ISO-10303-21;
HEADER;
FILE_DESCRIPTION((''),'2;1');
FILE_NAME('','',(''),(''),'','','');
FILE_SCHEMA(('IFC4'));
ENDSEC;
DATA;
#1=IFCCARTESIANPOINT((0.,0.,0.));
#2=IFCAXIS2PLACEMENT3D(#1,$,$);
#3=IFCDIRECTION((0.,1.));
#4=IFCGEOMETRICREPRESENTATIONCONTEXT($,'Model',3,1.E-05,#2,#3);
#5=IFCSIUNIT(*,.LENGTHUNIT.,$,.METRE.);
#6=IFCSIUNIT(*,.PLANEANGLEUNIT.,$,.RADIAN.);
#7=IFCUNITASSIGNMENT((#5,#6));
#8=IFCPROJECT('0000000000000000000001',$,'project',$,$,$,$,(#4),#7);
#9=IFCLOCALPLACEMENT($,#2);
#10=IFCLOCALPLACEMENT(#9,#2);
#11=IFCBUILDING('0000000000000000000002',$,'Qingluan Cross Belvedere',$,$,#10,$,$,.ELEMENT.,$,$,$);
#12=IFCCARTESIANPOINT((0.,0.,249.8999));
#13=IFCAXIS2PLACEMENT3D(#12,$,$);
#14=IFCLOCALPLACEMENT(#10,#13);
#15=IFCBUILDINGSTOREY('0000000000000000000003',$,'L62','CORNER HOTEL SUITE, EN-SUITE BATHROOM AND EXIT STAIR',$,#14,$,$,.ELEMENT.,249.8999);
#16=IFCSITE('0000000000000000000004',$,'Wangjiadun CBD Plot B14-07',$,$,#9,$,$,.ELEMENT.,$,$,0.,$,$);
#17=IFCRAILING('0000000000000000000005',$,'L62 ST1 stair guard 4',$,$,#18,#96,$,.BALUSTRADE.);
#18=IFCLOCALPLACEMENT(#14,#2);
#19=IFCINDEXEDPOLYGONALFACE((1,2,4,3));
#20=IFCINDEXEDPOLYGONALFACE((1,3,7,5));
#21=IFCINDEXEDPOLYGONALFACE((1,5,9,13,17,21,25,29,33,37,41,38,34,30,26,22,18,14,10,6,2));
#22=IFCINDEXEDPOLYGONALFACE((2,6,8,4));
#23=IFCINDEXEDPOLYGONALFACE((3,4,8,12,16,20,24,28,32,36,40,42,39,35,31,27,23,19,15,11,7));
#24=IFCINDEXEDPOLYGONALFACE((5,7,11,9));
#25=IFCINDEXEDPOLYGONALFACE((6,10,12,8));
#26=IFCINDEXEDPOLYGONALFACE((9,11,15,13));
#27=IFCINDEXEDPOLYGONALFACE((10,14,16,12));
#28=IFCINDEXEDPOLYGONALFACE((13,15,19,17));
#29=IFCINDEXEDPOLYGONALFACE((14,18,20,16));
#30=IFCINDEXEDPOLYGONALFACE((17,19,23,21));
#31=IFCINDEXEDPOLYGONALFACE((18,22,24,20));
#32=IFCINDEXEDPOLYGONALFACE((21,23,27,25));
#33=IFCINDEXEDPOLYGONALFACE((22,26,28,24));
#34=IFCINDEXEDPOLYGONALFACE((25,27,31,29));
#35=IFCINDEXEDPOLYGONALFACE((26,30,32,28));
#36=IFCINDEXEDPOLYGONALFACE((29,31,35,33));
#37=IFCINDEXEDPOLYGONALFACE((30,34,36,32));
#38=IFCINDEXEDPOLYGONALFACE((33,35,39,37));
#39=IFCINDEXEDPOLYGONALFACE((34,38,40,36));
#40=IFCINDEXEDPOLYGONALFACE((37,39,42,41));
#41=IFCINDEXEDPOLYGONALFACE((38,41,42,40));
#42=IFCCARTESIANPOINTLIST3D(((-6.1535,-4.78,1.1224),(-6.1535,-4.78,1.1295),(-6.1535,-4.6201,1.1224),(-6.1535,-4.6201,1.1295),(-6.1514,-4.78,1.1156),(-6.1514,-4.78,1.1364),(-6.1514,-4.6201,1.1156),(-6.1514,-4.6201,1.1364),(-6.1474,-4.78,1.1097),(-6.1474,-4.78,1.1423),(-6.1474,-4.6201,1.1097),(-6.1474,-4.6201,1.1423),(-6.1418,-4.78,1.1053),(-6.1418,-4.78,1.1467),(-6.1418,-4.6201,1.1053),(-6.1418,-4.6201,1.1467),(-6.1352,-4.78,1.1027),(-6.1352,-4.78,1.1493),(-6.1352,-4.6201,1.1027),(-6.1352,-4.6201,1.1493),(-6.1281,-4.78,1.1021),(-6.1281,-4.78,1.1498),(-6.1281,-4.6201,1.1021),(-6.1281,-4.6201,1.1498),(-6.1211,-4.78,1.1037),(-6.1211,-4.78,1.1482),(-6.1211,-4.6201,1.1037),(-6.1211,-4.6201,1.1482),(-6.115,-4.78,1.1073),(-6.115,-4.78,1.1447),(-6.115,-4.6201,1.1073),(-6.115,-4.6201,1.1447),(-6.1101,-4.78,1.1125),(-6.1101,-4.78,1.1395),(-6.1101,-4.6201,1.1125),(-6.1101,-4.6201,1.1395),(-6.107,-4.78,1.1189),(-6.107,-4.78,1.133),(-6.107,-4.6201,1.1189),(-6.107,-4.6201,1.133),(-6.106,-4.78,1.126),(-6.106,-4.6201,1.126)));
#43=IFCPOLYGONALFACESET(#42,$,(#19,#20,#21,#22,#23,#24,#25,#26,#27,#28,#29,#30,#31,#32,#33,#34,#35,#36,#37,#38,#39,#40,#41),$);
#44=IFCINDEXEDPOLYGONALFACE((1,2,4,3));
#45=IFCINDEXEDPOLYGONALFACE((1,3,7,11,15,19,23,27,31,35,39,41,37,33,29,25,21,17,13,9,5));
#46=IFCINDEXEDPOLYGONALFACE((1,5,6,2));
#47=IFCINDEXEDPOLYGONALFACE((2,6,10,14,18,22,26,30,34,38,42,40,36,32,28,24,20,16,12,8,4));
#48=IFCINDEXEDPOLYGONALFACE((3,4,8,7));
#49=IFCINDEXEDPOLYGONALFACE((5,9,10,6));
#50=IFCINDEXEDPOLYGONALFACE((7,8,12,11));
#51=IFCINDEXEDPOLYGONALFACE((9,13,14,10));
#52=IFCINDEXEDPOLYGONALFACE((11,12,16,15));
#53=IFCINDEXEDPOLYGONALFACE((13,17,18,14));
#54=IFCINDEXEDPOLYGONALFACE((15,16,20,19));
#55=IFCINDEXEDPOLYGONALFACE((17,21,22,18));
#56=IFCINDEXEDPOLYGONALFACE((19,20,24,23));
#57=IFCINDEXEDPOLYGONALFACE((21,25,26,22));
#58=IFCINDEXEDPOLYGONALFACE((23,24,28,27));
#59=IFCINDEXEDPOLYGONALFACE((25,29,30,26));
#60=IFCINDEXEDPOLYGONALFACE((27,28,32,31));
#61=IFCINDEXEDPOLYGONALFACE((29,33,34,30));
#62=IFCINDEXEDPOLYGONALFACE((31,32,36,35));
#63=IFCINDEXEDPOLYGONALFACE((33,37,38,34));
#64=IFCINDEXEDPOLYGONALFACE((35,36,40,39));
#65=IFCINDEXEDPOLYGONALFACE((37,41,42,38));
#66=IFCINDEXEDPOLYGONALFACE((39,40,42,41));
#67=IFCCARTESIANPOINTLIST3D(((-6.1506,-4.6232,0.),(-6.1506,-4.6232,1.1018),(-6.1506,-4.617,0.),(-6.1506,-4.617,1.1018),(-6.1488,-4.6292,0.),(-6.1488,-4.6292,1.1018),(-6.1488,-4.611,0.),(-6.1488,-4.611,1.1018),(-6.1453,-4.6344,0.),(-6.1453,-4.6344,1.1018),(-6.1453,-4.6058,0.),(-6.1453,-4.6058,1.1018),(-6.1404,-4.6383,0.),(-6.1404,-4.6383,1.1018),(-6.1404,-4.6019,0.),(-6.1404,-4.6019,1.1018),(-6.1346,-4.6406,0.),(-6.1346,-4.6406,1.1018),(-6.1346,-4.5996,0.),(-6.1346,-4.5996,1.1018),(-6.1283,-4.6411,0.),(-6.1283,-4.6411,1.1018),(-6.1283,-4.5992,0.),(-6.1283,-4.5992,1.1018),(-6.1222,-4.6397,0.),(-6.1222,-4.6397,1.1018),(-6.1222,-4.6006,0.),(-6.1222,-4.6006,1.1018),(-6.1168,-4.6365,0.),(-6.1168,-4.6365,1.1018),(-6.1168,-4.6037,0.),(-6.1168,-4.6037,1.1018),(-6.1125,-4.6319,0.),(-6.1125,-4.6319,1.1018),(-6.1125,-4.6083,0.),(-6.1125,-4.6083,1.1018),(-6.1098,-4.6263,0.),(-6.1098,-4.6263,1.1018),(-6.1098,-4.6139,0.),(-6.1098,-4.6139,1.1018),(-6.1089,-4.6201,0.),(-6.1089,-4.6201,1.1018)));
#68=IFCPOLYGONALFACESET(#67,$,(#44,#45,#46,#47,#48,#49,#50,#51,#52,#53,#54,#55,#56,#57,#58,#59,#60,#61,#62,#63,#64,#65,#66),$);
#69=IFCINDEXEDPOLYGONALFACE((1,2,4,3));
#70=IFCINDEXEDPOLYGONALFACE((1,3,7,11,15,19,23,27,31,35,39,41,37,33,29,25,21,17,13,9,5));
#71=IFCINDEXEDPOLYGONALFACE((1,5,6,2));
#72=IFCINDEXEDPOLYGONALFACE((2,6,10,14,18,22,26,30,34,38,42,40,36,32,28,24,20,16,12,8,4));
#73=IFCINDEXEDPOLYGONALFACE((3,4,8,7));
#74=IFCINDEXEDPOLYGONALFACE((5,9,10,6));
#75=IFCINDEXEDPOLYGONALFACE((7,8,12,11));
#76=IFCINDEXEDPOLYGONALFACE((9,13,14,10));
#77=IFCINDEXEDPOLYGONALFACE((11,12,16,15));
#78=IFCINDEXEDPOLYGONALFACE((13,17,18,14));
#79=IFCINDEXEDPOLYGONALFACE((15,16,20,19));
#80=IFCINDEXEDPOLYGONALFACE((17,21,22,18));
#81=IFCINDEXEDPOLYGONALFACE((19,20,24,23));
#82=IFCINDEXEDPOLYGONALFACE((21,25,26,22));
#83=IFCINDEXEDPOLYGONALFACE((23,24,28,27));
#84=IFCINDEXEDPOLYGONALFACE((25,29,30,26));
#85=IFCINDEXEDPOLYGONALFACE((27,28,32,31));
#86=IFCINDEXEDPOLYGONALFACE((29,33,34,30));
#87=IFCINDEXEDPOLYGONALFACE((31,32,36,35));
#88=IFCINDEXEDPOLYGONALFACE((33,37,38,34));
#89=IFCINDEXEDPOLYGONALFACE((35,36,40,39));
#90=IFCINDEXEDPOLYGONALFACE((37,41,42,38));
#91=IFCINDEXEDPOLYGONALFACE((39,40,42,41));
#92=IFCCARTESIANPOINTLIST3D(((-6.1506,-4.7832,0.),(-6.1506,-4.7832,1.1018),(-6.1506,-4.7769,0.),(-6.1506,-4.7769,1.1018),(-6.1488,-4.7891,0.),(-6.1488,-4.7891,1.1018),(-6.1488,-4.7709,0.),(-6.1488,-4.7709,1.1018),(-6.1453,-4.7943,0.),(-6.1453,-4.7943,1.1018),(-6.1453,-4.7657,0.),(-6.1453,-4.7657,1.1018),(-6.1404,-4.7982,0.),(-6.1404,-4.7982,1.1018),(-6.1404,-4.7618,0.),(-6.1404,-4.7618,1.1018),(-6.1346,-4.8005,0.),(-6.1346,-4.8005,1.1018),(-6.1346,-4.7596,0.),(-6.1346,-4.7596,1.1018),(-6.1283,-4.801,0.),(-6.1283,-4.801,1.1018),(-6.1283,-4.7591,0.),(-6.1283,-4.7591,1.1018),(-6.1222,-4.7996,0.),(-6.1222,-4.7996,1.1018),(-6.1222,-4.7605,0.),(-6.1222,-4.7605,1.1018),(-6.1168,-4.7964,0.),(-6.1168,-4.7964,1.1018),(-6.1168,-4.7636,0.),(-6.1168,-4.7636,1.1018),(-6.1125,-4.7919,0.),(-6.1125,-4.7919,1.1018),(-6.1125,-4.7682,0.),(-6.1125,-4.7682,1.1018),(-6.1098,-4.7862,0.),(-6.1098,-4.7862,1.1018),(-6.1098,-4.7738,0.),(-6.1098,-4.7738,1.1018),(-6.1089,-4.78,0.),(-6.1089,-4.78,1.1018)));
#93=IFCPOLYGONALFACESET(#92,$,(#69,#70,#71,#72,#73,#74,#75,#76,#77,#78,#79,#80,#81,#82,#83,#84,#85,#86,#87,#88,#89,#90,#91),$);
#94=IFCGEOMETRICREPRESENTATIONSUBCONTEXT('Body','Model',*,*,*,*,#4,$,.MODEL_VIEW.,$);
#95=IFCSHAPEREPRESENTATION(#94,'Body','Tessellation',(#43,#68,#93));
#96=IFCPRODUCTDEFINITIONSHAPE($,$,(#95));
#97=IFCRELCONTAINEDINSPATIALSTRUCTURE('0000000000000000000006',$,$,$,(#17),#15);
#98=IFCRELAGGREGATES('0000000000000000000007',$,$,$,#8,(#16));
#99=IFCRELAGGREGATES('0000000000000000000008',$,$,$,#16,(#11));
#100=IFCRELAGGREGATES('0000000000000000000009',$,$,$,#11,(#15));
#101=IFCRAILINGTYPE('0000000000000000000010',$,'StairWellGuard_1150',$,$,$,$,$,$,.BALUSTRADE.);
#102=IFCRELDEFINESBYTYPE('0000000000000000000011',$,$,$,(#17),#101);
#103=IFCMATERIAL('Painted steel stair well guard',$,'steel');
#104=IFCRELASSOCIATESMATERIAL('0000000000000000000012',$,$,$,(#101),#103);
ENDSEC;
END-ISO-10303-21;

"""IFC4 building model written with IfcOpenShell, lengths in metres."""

from ifc_helpers import new_model, si_unit, direction, frame, origin, origin_2d, place, context, subcontext, project, spatial, circle, extrude, material, type_object, element, save


model = new_model("IFC4")

# Units and contexts
model_context = context("Model", 3, precision=1e-05, world=origin(), true_north=direction((0.0, 1.0)))
body_context = subcontext(model_context, "Body", "Model", "MODEL_VIEW")
ifc_project = project(units=[si_unit("LENGTHUNIT", "METRE"), si_unit("PLANEANGLEUNIT", "RADIAN")], contexts=[model_context])

# Site, building, storey
site_placement = place(None, origin())
site = spatial("IfcSite", under=ifc_project, at=site_placement, Name="Wangjiadun CBD Plot B14-07", CompositionType="ELEMENT", RefElevation=0.0)
building_placement = place(site_placement, origin())
building = spatial("IfcBuilding", under=site, at=building_placement, Name="Qingluan Cross Belvedere", CompositionType="ELEMENT")
storey_placement = place(building_placement, frame((0.0, 0.0, 249.8999)))
storey = spatial("IfcBuildingStorey", under=building, at=storey_placement, Name="L62", Description="CORNER HOTEL SUITE, EN-SUITE BATHROOM AND EXIT STAIR", CompositionType="ELEMENT", Elevation=249.8999)

# Railing
ifc_material_1 = material(Name="Painted steel stair well guard", Category="steel")
railing_type_1 = type_object("IfcRailingType", Name="StairWellGuard_1150", PredefinedType="BALUSTRADE", material=ifc_material_1)
railing_1_placement = place(storey_placement, frame((-6.1299, -4.6201, 0.0)))
element("IfcRailing", 1, at=railing_1_placement, inside=storey, type_object=railing_type_1, Name="L62 ST1 stair guard 4", PredefinedType="BALUSTRADE", context=body_context, shape_type="SweptSolid", body=[
    extrude(circle(Radius=0.0239, at=origin_2d()), frame((0.0, 0.0, 1.126), z_axis=(0.0, -1.0, 0.0), x_axis=(1.0, 0.0, 0.0)), (0.0, 0.0, 1.0), 0.1599),
    extrude(circle(Radius=0.021, at=origin_2d()), origin(), (0.0, 0.0, 1.0), 1.1018),
    extrude(circle(Radius=0.021, at=origin_2d()), frame((0.0, -0.1599, 0.0)), (0.0, 0.0, 1.0), 1.1018),
])

save(model, "model.ifc")
